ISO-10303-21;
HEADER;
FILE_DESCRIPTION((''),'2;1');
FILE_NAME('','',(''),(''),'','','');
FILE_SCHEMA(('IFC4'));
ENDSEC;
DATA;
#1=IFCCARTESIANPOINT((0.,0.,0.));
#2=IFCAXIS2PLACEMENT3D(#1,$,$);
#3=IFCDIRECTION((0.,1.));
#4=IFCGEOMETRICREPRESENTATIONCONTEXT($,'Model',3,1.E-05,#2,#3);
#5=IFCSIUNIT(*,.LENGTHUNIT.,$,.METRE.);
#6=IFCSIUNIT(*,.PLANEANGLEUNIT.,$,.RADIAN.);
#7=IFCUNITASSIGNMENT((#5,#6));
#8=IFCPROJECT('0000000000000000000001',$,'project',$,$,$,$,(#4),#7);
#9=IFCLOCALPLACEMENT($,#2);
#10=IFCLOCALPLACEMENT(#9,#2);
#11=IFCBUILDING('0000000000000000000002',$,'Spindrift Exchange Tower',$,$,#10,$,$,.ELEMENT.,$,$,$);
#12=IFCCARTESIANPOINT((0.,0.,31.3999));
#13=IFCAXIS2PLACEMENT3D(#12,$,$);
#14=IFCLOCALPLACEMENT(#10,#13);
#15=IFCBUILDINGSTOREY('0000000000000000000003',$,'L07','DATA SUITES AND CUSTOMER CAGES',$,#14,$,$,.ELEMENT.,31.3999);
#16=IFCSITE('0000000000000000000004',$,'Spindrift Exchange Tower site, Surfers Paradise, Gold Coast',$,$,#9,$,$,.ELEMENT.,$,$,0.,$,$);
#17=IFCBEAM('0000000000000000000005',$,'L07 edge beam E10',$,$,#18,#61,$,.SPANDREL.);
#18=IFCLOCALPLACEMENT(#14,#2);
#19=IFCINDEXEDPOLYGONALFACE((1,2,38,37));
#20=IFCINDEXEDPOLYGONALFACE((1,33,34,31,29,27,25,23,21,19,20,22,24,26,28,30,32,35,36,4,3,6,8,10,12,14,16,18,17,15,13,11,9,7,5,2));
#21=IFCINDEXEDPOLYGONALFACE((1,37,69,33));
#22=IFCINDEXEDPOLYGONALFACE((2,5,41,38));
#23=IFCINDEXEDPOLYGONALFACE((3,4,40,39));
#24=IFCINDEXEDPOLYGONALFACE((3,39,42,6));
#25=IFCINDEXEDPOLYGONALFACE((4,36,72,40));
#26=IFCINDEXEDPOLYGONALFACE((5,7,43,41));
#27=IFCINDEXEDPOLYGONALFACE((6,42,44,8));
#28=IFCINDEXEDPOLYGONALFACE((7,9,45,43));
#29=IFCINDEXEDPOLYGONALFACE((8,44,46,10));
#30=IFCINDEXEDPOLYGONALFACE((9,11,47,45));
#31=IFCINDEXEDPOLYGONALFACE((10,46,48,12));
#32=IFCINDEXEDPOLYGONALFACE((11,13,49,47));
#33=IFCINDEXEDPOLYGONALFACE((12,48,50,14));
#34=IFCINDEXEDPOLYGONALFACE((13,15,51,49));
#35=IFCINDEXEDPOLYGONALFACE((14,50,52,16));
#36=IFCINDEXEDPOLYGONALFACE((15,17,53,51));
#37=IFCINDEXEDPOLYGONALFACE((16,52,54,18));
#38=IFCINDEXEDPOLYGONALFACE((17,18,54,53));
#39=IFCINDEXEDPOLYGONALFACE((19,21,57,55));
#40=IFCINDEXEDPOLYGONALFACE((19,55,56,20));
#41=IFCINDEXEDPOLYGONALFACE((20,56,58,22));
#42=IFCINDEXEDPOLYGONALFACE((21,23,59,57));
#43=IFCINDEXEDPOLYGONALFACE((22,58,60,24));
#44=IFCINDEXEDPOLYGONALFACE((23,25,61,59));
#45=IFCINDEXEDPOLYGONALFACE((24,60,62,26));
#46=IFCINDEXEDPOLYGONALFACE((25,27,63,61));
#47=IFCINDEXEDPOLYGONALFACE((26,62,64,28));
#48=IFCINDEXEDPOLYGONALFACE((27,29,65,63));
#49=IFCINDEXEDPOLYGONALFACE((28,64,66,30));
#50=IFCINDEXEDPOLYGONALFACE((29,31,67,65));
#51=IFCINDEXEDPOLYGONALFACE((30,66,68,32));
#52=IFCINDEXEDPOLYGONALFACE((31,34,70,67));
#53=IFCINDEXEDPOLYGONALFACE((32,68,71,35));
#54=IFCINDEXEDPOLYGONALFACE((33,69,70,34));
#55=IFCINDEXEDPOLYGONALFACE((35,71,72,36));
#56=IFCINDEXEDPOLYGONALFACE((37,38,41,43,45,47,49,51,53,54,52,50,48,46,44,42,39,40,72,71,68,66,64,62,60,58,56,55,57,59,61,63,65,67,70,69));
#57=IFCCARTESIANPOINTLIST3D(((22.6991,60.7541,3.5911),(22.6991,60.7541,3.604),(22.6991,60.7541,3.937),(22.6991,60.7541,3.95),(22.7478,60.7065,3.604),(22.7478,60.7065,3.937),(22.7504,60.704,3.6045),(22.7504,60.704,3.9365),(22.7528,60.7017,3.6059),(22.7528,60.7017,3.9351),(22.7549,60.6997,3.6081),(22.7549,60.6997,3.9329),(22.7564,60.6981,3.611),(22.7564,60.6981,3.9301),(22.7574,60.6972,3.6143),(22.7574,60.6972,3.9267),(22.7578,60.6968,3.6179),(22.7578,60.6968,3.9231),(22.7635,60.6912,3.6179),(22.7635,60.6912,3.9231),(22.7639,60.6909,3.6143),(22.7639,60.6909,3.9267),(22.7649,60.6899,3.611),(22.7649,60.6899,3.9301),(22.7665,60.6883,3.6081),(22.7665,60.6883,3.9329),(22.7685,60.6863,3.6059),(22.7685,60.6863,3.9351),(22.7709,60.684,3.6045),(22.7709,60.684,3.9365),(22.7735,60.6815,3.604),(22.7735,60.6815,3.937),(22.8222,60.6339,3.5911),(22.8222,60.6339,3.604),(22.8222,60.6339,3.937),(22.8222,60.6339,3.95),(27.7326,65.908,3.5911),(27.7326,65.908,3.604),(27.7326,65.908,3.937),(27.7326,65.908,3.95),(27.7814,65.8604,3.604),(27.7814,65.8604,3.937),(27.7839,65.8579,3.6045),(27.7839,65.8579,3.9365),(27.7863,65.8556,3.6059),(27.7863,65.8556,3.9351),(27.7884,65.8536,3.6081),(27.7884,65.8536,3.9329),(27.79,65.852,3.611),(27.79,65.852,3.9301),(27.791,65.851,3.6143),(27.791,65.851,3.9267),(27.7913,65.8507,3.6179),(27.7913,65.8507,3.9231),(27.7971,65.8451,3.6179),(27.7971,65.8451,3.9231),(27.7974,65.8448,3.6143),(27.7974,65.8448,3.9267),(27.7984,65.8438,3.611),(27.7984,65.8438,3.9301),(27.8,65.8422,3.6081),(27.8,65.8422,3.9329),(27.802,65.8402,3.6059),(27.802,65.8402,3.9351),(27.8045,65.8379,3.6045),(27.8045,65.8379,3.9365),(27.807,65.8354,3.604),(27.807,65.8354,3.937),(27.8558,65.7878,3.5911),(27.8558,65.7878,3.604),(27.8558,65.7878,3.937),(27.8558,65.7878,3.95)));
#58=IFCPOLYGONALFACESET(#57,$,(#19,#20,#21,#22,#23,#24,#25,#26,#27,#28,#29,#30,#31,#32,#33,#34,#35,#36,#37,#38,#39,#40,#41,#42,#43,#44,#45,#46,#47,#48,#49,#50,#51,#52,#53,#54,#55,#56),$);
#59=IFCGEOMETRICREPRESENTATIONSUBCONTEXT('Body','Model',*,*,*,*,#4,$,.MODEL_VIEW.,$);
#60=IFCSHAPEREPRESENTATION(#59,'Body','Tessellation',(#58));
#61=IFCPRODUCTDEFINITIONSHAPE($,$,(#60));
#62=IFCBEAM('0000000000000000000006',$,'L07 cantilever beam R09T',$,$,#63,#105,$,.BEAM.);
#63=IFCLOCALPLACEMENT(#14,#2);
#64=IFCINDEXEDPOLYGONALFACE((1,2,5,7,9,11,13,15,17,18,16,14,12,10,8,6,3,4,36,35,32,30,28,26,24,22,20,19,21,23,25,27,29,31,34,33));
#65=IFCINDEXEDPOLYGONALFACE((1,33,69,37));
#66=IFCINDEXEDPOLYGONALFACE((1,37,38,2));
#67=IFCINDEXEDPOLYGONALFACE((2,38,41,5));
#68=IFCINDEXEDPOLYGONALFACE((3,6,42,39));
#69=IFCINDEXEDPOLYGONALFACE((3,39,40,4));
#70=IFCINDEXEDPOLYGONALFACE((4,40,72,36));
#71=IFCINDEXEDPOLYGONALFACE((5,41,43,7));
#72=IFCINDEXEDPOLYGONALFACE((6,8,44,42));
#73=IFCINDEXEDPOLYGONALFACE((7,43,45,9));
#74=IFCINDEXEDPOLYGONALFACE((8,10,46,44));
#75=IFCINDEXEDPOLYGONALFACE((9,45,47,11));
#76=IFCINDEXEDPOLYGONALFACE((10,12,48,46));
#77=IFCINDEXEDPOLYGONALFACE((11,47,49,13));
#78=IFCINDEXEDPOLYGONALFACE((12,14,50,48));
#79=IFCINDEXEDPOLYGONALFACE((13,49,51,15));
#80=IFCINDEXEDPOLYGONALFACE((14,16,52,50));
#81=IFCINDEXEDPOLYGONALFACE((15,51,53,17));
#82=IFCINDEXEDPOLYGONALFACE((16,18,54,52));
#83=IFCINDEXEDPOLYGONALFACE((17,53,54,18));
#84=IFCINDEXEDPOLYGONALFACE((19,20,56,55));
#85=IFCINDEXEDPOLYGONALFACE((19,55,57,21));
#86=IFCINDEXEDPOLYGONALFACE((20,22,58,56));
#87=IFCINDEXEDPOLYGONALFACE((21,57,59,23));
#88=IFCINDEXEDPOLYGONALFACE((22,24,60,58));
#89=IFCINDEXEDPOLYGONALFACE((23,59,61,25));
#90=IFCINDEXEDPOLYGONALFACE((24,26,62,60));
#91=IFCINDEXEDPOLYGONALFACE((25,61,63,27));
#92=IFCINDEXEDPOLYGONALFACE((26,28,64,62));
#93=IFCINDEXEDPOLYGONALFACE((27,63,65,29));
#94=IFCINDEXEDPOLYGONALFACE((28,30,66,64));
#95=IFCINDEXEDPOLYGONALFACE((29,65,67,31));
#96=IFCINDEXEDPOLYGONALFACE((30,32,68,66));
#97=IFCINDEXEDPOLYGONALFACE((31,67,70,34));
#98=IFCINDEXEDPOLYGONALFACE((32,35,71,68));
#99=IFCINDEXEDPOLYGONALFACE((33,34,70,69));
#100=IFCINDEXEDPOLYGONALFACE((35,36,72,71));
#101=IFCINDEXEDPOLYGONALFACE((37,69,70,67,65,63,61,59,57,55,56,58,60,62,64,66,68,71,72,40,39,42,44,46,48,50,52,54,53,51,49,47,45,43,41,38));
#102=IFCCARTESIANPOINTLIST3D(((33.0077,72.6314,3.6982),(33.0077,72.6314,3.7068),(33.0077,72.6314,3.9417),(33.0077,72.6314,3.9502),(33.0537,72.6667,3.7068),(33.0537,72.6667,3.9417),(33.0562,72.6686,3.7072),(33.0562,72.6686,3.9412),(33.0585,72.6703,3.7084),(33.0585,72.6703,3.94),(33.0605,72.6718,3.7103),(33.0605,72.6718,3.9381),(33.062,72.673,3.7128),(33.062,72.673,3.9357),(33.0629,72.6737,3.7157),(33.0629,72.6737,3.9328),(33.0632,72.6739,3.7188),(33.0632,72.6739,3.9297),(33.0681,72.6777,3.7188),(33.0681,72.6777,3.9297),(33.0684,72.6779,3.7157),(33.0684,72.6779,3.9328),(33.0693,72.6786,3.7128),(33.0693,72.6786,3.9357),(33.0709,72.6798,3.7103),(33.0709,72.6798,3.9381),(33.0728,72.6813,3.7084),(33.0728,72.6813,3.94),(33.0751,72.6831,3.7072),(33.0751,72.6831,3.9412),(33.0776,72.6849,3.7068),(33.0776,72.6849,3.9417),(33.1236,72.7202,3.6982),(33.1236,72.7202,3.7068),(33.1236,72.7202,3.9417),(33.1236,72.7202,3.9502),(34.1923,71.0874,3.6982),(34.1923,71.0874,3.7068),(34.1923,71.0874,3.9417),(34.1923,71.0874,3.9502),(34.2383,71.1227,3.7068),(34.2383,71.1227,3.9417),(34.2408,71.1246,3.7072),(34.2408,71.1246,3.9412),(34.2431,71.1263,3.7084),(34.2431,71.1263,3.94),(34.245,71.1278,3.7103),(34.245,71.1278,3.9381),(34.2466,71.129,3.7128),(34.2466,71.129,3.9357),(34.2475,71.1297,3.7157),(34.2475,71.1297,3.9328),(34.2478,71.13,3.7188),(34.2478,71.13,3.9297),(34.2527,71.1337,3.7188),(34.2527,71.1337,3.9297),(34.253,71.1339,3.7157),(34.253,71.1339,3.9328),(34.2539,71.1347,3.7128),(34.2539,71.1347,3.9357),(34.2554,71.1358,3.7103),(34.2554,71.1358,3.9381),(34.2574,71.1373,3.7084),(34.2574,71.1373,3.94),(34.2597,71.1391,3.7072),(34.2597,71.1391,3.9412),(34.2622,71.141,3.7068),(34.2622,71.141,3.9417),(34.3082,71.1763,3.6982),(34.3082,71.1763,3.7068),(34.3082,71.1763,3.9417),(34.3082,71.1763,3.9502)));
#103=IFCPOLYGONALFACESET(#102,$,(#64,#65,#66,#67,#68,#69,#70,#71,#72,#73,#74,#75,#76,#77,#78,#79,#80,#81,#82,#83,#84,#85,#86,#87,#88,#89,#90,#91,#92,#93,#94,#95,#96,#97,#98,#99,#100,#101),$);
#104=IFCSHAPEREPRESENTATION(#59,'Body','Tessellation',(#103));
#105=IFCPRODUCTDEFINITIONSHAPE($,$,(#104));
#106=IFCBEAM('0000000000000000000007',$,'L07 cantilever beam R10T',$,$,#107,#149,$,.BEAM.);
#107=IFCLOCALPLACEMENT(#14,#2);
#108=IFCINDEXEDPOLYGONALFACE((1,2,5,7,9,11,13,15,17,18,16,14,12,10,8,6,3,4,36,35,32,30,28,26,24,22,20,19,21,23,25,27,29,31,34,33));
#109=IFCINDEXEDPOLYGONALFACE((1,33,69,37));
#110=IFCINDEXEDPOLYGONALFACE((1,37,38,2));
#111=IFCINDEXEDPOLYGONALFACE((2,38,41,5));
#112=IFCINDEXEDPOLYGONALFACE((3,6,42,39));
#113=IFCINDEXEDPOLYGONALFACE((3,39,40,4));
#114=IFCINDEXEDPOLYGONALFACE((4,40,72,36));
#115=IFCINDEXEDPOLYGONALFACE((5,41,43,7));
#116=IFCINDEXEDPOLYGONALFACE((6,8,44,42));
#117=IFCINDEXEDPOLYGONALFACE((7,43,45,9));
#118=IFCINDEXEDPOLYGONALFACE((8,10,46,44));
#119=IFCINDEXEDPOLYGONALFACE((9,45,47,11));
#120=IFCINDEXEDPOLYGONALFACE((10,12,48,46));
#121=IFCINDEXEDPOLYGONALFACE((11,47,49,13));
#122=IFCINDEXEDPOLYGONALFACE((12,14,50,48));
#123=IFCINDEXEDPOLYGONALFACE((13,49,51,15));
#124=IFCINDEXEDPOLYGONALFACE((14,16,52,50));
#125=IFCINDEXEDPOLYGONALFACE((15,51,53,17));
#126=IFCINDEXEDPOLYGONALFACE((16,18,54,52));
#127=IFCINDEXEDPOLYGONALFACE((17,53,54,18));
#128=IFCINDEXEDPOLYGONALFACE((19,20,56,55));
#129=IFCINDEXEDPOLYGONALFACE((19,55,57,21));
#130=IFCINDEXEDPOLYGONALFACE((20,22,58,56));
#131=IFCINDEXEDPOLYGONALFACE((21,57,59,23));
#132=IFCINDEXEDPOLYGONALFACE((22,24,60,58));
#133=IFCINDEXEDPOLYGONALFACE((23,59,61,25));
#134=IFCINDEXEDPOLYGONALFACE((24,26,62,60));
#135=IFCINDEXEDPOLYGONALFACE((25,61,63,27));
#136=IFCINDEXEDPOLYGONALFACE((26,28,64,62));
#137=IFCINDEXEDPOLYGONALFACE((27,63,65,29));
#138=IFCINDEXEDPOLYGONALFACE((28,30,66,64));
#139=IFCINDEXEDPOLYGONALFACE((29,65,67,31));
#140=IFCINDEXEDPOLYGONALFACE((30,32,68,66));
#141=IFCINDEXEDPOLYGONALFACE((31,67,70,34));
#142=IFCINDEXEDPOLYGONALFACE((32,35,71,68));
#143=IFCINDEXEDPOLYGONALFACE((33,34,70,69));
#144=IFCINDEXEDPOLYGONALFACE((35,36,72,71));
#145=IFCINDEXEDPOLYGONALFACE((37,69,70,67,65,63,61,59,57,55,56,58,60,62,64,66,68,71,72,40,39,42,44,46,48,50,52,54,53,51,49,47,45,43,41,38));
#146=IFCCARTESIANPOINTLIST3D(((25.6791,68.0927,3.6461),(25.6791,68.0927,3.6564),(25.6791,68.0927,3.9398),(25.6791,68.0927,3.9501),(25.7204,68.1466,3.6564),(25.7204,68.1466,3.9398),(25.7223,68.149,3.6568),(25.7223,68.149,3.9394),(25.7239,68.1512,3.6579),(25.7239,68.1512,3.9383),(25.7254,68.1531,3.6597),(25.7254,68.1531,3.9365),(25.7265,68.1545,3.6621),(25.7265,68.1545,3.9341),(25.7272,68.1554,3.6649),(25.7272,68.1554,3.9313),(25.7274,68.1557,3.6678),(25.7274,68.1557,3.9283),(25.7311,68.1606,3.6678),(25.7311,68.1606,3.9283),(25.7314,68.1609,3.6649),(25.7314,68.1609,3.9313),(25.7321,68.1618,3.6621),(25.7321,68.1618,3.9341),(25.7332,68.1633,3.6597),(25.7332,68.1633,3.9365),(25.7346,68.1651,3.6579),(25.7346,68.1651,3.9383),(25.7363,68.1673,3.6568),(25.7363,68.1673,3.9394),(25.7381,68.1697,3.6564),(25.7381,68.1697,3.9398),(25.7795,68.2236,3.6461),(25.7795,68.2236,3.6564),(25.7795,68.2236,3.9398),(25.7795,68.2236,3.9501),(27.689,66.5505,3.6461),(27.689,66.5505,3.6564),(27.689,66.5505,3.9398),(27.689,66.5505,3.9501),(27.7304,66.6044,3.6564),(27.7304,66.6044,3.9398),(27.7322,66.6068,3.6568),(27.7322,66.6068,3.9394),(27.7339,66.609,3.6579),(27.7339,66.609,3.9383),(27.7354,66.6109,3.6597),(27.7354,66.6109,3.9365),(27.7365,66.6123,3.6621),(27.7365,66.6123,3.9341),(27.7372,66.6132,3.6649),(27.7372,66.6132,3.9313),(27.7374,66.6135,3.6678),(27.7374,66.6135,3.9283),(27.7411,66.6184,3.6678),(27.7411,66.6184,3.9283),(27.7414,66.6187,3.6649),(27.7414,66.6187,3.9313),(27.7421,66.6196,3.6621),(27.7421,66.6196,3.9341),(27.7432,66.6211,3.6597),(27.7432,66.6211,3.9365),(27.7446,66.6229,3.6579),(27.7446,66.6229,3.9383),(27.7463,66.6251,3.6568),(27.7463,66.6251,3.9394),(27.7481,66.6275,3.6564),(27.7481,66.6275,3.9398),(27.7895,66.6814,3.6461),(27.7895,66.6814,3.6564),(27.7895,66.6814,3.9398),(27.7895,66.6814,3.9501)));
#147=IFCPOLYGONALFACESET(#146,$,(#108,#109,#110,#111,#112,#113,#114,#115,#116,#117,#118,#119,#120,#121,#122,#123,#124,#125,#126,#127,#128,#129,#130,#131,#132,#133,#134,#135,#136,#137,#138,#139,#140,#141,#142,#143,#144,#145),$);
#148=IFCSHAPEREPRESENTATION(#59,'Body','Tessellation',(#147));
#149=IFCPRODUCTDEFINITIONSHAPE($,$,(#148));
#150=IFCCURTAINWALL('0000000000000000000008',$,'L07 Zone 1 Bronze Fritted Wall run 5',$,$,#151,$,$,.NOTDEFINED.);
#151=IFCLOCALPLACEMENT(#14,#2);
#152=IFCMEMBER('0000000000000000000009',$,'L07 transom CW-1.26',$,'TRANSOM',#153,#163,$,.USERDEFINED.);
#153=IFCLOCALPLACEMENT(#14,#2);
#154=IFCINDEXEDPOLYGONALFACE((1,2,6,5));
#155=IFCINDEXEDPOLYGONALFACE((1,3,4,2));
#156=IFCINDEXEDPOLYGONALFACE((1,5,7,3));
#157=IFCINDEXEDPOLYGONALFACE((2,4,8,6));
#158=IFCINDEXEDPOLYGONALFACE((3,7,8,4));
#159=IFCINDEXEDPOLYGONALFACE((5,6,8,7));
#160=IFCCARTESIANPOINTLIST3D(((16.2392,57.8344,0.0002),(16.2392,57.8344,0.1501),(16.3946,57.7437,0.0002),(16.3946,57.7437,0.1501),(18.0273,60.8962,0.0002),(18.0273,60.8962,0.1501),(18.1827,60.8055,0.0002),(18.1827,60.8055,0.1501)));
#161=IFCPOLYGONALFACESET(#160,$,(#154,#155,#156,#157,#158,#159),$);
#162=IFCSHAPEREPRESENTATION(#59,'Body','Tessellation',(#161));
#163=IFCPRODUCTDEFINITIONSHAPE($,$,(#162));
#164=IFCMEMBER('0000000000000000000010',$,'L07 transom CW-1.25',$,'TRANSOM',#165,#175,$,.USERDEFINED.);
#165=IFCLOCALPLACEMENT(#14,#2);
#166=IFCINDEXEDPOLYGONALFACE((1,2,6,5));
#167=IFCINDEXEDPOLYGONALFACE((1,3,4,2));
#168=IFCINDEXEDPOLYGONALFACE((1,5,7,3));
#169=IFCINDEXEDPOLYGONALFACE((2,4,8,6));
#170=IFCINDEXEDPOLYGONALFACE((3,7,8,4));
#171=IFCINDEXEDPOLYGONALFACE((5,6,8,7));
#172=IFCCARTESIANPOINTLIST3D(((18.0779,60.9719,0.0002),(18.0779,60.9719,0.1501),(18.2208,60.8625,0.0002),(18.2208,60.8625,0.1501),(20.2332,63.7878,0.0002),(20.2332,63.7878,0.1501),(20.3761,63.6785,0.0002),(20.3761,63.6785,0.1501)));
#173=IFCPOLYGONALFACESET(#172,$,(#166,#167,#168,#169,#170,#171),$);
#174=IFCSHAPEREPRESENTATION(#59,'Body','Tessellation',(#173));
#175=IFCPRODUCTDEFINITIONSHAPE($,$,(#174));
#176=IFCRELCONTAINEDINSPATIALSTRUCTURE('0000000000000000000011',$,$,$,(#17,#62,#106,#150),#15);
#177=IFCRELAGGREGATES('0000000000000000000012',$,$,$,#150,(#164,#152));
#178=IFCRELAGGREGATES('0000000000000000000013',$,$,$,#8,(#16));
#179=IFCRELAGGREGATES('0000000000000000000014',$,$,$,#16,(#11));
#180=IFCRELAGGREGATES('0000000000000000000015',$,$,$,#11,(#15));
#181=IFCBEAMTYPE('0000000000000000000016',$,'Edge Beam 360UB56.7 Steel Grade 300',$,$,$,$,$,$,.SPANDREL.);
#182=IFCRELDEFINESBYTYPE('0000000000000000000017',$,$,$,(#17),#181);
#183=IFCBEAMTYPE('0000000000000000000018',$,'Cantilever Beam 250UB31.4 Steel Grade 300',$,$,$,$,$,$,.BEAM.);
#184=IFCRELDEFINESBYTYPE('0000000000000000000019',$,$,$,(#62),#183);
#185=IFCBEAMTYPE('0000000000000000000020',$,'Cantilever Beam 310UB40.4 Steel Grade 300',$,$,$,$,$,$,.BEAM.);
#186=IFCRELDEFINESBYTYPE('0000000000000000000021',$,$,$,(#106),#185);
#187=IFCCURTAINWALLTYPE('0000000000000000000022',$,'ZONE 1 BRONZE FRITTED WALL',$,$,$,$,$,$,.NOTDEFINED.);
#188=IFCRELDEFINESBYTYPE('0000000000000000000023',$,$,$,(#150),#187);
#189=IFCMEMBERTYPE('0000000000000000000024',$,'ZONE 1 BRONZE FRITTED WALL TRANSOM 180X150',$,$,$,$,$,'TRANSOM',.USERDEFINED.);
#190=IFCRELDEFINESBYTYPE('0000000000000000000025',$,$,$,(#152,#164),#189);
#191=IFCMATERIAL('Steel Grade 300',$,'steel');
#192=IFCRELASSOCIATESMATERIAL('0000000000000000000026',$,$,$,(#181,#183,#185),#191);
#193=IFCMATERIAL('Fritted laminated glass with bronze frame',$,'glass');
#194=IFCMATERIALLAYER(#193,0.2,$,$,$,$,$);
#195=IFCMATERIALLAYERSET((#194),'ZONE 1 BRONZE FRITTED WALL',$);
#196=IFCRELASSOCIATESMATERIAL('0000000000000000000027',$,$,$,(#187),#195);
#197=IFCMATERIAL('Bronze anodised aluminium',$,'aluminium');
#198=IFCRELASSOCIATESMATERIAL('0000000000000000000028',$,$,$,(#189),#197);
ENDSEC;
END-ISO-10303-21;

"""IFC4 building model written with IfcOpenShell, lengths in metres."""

from ifc_helpers import new_model, si_unit, direction, frame, origin, origin_2d, place, context, subcontext, project, spatial, rectangle, i_section, extrude, source, transform, mapped, material, layer, layer_set, material_profile, profile_set, type_object, element, aggregate, save


model = new_model("IFC4")

# Units and contexts
model_context = context("Model", 3, precision=1e-05, world=origin(), true_north=direction((0.0, 1.0)))
body_context = subcontext(model_context, "Body", "Model", "MODEL_VIEW")
ifc_project = project(units=[si_unit("LENGTHUNIT", "METRE"), si_unit("PLANEANGLEUNIT", "RADIAN")], contexts=[model_context])

# Site, building, storey
site_placement = place(None, origin())
site = spatial("IfcSite", under=ifc_project, at=site_placement, Name="Spindrift Exchange Tower site, Surfers Paradise, Gold Coast", CompositionType="ELEMENT", RefElevation=0.0)
building_placement = place(site_placement, origin())
building = spatial("IfcBuilding", under=site, at=building_placement, Name="Spindrift Exchange Tower", CompositionType="ELEMENT")
storey_placement = place(building_placement, frame((0.0, 0.0, 31.3999)))
storey = spatial("IfcBuildingStorey", under=building, at=storey_placement, Name="L07", Description="DATA SUITES AND CUSTOMER CAGES", CompositionType="ELEMENT", Elevation=31.3999)

# Beams
ifc_material_1 = material(Name="Steel Grade 300", Category="steel")
ifc_material_profile_1 = material_profile(ifc_material_1, i_section(OverallWidth=0.1721, OverallDepth=0.3589, WebThickness=0.0081, FlangeThickness=0.0129, FilletRadius=0.0139, at=origin_2d()), Name="360UB56.7")
ifc_profile_set_1 = profile_set([ifc_material_profile_1], Name="Steel Grade 300")
beam_type_1 = type_object("IfcBeamType", Name="Edge Beam 360UB56.7 Steel Grade 300", PredefinedType="SPANDREL", material=ifc_profile_set_1)
shared_shape_1 = source(origin(), body_context, "Body", "SweptSolid", [
    extrude(i_section(OverallWidth=0.1721, OverallDepth=0.3589, WebThickness=0.0081, FlangeThickness=0.0129, FilletRadius=0.0139, at=origin_2d()), origin(), (0.0, 0.0, 1.0), 7.2041),
])
beam_1_placement = place(storey_placement, frame((27.7942, 65.8479, 3.7705), z_axis=(-0.698704, -0.715411, 0.0), x_axis=(0.715411, -0.698704, 0.0)))
element("IfcBeam", 1, at=beam_1_placement, inside=storey, type_object=beam_type_1, Name="L07 edge beam E10", PredefinedType="SPANDREL", context=body_context, shape_type="MappedRepresentation", body=[
    mapped(shared_shape_1, transform((0.0, 0.0, 0.0), scale=1.0)),
])
ifc_material_profile_2 = material_profile(ifc_material_1, i_section(OverallWidth=0.146, OverallDepth=0.252, WebThickness=0.0061, FlangeThickness=0.0085, FilletRadius=0.012, at=origin_2d()), Name="250UB31.4")
ifc_profile_set_2 = profile_set([ifc_material_profile_2], Name="Steel Grade 300")
beam_type_2 = type_object("IfcBeamType", Name="Cantilever Beam 250UB31.4 Steel Grade 300", PredefinedType="BEAM", material=ifc_profile_set_2)
shared_shape_2 = source(origin(), body_context, "Body", "SweptSolid", [
    extrude(i_section(OverallWidth=0.146, OverallDepth=0.252, WebThickness=0.0061, FlangeThickness=0.0085, FilletRadius=0.012, at=origin_2d()), origin(), (0.0, 0.0, 1.0), 1.946),
])
beam_2_placement = place(storey_placement, frame((34.2502, 71.1318, 3.8242), z_axis=(-0.608716, 0.793388, 0.0), x_axis=(-0.793388, -0.608716, 0.0)))
element("IfcBeam", 2, at=beam_2_placement, inside=storey, type_object=beam_type_2, Name="L07 cantilever beam R09T", PredefinedType="BEAM", context=body_context, shape_type="MappedRepresentation", body=[
    mapped(shared_shape_2, transform((0.0, 0.0, 0.0), scale=1.0)),
])
ifc_material_profile_3 = material_profile(ifc_material_1, i_section(OverallWidth=0.165, OverallDepth=0.304, WebThickness=0.0061, FlangeThickness=0.0103, FilletRadius=0.0115, at=origin_2d()), Name="310UB40.4")
ifc_profile_set_3 = profile_set([ifc_material_profile_3], Name="Steel Grade 300")
beam_type_3 = type_object("IfcBeamType", Name="Cantilever Beam 310UB40.4 Steel Grade 300", PredefinedType="BEAM", material=ifc_profile_set_3)
shared_shape_3 = source(origin(), body_context, "Body", "SweptSolid", [
    extrude(i_section(OverallWidth=0.165, OverallDepth=0.304, WebThickness=0.0061, FlangeThickness=0.0103, FilletRadius=0.0115, at=origin_2d()), origin(), (0.0, 0.0, 1.0), 2.5334),
])
beam_3_placement = place(storey_placement, frame((27.7393, 66.616, 3.7981), z_axis=(-0.793372, 0.608737, 0.0), x_axis=(-0.608737, -0.793372, 0.0)))
element("IfcBeam", 3, at=beam_3_placement, inside=storey, type_object=beam_type_3, Name="L07 cantilever beam R10T", PredefinedType="BEAM", context=body_context, shape_type="MappedRepresentation", body=[
    mapped(shared_shape_3, transform((0.0, 0.0, 0.0), scale=1.0)),
])

# Curtain wall, members
ifc_material_2 = material(Name="Fritted laminated glass with bronze frame", Category="glass")
ifc_layer_1 = layer(ifc_material_2, 0.2)
ifc_layer_set_1 = layer_set([ifc_layer_1], Name="ZONE 1 BRONZE FRITTED WALL")
curtain_wall_type = type_object("IfcCurtainWallType", Name="ZONE 1 BRONZE FRITTED WALL", PredefinedType="NOTDEFINED", material=ifc_layer_set_1)
curtain_wall_1_placement = place(storey_placement, origin())
curtain_wall_1 = element("IfcCurtainWall", 4, at=curtain_wall_1_placement, inside=storey, type_object=curtain_wall_type, Name="L07 Zone 1 Bronze Fritted Wall run 5", PredefinedType="NOTDEFINED")
ifc_material_3 = material(Name="Bronze anodised aluminium", Category="aluminium")
ifc_material_profile_4 = material_profile(ifc_material_3, rectangle(XDim=0.1799, YDim=0.1499, at=origin_2d()), Name="ZONE 1 BRONZE FRITTED WALL TRANSOM 180X150")
ifc_profile_set_4 = profile_set([ifc_material_profile_4], Name="Bronze anodised aluminium")
member_type_1 = type_object("IfcMemberType", Name="ZONE 1 BRONZE FRITTED WALL TRANSOM 180X150", ElementType="TRANSOM", PredefinedType="USERDEFINED", material=ifc_profile_set_4)
shared_shape_4 = source(origin(), body_context, "Body", "SweptSolid", [
    extrude(rectangle(XDim=0.1799, YDim=0.1499, at=origin_2d()), origin(), (0.0, 0.0, 1.0), 3.5457),
])
member_1_placement = place(storey_placement, frame((18.105, 60.8508, 0.0752), z_axis=(-0.504303, -0.863527, 0.0), x_axis=(0.863527, -0.504303, 0.0)))
member_1 = element("IfcMember", 5, at=member_1_placement, type_object=member_type_1, Name="L07 transom CW-1.26", ObjectType="TRANSOM", PredefinedType="USERDEFINED", context=body_context, shape_type="MappedRepresentation", body=[
    mapped(shared_shape_4, transform((0.0, 0.0, 0.0), scale=1.0)),
])
shared_shape_5 = source(origin(), body_context, "Body", "SweptSolid", [
    extrude(rectangle(XDim=0.1799, YDim=0.1499, at=origin_2d()), origin(), (0.0, 0.0, 1.0), 3.5461),
])
member_2_placement = place(storey_placement, frame((20.3047, 63.7332, 0.0752), z_axis=(-0.607792, -0.794096, 0.0), x_axis=(0.794096, -0.607792, 0.0)))
member_2 = element("IfcMember", 6, at=member_2_placement, type_object=member_type_1, Name="L07 transom CW-1.25", ObjectType="TRANSOM", PredefinedType="USERDEFINED", context=body_context, shape_type="MappedRepresentation", body=[
    mapped(shared_shape_5, transform((0.0, 0.0, 0.0), scale=1.0)),
])

aggregate(curtain_wall_1, [member_2, member_1])

save(model, "model.ifc")
